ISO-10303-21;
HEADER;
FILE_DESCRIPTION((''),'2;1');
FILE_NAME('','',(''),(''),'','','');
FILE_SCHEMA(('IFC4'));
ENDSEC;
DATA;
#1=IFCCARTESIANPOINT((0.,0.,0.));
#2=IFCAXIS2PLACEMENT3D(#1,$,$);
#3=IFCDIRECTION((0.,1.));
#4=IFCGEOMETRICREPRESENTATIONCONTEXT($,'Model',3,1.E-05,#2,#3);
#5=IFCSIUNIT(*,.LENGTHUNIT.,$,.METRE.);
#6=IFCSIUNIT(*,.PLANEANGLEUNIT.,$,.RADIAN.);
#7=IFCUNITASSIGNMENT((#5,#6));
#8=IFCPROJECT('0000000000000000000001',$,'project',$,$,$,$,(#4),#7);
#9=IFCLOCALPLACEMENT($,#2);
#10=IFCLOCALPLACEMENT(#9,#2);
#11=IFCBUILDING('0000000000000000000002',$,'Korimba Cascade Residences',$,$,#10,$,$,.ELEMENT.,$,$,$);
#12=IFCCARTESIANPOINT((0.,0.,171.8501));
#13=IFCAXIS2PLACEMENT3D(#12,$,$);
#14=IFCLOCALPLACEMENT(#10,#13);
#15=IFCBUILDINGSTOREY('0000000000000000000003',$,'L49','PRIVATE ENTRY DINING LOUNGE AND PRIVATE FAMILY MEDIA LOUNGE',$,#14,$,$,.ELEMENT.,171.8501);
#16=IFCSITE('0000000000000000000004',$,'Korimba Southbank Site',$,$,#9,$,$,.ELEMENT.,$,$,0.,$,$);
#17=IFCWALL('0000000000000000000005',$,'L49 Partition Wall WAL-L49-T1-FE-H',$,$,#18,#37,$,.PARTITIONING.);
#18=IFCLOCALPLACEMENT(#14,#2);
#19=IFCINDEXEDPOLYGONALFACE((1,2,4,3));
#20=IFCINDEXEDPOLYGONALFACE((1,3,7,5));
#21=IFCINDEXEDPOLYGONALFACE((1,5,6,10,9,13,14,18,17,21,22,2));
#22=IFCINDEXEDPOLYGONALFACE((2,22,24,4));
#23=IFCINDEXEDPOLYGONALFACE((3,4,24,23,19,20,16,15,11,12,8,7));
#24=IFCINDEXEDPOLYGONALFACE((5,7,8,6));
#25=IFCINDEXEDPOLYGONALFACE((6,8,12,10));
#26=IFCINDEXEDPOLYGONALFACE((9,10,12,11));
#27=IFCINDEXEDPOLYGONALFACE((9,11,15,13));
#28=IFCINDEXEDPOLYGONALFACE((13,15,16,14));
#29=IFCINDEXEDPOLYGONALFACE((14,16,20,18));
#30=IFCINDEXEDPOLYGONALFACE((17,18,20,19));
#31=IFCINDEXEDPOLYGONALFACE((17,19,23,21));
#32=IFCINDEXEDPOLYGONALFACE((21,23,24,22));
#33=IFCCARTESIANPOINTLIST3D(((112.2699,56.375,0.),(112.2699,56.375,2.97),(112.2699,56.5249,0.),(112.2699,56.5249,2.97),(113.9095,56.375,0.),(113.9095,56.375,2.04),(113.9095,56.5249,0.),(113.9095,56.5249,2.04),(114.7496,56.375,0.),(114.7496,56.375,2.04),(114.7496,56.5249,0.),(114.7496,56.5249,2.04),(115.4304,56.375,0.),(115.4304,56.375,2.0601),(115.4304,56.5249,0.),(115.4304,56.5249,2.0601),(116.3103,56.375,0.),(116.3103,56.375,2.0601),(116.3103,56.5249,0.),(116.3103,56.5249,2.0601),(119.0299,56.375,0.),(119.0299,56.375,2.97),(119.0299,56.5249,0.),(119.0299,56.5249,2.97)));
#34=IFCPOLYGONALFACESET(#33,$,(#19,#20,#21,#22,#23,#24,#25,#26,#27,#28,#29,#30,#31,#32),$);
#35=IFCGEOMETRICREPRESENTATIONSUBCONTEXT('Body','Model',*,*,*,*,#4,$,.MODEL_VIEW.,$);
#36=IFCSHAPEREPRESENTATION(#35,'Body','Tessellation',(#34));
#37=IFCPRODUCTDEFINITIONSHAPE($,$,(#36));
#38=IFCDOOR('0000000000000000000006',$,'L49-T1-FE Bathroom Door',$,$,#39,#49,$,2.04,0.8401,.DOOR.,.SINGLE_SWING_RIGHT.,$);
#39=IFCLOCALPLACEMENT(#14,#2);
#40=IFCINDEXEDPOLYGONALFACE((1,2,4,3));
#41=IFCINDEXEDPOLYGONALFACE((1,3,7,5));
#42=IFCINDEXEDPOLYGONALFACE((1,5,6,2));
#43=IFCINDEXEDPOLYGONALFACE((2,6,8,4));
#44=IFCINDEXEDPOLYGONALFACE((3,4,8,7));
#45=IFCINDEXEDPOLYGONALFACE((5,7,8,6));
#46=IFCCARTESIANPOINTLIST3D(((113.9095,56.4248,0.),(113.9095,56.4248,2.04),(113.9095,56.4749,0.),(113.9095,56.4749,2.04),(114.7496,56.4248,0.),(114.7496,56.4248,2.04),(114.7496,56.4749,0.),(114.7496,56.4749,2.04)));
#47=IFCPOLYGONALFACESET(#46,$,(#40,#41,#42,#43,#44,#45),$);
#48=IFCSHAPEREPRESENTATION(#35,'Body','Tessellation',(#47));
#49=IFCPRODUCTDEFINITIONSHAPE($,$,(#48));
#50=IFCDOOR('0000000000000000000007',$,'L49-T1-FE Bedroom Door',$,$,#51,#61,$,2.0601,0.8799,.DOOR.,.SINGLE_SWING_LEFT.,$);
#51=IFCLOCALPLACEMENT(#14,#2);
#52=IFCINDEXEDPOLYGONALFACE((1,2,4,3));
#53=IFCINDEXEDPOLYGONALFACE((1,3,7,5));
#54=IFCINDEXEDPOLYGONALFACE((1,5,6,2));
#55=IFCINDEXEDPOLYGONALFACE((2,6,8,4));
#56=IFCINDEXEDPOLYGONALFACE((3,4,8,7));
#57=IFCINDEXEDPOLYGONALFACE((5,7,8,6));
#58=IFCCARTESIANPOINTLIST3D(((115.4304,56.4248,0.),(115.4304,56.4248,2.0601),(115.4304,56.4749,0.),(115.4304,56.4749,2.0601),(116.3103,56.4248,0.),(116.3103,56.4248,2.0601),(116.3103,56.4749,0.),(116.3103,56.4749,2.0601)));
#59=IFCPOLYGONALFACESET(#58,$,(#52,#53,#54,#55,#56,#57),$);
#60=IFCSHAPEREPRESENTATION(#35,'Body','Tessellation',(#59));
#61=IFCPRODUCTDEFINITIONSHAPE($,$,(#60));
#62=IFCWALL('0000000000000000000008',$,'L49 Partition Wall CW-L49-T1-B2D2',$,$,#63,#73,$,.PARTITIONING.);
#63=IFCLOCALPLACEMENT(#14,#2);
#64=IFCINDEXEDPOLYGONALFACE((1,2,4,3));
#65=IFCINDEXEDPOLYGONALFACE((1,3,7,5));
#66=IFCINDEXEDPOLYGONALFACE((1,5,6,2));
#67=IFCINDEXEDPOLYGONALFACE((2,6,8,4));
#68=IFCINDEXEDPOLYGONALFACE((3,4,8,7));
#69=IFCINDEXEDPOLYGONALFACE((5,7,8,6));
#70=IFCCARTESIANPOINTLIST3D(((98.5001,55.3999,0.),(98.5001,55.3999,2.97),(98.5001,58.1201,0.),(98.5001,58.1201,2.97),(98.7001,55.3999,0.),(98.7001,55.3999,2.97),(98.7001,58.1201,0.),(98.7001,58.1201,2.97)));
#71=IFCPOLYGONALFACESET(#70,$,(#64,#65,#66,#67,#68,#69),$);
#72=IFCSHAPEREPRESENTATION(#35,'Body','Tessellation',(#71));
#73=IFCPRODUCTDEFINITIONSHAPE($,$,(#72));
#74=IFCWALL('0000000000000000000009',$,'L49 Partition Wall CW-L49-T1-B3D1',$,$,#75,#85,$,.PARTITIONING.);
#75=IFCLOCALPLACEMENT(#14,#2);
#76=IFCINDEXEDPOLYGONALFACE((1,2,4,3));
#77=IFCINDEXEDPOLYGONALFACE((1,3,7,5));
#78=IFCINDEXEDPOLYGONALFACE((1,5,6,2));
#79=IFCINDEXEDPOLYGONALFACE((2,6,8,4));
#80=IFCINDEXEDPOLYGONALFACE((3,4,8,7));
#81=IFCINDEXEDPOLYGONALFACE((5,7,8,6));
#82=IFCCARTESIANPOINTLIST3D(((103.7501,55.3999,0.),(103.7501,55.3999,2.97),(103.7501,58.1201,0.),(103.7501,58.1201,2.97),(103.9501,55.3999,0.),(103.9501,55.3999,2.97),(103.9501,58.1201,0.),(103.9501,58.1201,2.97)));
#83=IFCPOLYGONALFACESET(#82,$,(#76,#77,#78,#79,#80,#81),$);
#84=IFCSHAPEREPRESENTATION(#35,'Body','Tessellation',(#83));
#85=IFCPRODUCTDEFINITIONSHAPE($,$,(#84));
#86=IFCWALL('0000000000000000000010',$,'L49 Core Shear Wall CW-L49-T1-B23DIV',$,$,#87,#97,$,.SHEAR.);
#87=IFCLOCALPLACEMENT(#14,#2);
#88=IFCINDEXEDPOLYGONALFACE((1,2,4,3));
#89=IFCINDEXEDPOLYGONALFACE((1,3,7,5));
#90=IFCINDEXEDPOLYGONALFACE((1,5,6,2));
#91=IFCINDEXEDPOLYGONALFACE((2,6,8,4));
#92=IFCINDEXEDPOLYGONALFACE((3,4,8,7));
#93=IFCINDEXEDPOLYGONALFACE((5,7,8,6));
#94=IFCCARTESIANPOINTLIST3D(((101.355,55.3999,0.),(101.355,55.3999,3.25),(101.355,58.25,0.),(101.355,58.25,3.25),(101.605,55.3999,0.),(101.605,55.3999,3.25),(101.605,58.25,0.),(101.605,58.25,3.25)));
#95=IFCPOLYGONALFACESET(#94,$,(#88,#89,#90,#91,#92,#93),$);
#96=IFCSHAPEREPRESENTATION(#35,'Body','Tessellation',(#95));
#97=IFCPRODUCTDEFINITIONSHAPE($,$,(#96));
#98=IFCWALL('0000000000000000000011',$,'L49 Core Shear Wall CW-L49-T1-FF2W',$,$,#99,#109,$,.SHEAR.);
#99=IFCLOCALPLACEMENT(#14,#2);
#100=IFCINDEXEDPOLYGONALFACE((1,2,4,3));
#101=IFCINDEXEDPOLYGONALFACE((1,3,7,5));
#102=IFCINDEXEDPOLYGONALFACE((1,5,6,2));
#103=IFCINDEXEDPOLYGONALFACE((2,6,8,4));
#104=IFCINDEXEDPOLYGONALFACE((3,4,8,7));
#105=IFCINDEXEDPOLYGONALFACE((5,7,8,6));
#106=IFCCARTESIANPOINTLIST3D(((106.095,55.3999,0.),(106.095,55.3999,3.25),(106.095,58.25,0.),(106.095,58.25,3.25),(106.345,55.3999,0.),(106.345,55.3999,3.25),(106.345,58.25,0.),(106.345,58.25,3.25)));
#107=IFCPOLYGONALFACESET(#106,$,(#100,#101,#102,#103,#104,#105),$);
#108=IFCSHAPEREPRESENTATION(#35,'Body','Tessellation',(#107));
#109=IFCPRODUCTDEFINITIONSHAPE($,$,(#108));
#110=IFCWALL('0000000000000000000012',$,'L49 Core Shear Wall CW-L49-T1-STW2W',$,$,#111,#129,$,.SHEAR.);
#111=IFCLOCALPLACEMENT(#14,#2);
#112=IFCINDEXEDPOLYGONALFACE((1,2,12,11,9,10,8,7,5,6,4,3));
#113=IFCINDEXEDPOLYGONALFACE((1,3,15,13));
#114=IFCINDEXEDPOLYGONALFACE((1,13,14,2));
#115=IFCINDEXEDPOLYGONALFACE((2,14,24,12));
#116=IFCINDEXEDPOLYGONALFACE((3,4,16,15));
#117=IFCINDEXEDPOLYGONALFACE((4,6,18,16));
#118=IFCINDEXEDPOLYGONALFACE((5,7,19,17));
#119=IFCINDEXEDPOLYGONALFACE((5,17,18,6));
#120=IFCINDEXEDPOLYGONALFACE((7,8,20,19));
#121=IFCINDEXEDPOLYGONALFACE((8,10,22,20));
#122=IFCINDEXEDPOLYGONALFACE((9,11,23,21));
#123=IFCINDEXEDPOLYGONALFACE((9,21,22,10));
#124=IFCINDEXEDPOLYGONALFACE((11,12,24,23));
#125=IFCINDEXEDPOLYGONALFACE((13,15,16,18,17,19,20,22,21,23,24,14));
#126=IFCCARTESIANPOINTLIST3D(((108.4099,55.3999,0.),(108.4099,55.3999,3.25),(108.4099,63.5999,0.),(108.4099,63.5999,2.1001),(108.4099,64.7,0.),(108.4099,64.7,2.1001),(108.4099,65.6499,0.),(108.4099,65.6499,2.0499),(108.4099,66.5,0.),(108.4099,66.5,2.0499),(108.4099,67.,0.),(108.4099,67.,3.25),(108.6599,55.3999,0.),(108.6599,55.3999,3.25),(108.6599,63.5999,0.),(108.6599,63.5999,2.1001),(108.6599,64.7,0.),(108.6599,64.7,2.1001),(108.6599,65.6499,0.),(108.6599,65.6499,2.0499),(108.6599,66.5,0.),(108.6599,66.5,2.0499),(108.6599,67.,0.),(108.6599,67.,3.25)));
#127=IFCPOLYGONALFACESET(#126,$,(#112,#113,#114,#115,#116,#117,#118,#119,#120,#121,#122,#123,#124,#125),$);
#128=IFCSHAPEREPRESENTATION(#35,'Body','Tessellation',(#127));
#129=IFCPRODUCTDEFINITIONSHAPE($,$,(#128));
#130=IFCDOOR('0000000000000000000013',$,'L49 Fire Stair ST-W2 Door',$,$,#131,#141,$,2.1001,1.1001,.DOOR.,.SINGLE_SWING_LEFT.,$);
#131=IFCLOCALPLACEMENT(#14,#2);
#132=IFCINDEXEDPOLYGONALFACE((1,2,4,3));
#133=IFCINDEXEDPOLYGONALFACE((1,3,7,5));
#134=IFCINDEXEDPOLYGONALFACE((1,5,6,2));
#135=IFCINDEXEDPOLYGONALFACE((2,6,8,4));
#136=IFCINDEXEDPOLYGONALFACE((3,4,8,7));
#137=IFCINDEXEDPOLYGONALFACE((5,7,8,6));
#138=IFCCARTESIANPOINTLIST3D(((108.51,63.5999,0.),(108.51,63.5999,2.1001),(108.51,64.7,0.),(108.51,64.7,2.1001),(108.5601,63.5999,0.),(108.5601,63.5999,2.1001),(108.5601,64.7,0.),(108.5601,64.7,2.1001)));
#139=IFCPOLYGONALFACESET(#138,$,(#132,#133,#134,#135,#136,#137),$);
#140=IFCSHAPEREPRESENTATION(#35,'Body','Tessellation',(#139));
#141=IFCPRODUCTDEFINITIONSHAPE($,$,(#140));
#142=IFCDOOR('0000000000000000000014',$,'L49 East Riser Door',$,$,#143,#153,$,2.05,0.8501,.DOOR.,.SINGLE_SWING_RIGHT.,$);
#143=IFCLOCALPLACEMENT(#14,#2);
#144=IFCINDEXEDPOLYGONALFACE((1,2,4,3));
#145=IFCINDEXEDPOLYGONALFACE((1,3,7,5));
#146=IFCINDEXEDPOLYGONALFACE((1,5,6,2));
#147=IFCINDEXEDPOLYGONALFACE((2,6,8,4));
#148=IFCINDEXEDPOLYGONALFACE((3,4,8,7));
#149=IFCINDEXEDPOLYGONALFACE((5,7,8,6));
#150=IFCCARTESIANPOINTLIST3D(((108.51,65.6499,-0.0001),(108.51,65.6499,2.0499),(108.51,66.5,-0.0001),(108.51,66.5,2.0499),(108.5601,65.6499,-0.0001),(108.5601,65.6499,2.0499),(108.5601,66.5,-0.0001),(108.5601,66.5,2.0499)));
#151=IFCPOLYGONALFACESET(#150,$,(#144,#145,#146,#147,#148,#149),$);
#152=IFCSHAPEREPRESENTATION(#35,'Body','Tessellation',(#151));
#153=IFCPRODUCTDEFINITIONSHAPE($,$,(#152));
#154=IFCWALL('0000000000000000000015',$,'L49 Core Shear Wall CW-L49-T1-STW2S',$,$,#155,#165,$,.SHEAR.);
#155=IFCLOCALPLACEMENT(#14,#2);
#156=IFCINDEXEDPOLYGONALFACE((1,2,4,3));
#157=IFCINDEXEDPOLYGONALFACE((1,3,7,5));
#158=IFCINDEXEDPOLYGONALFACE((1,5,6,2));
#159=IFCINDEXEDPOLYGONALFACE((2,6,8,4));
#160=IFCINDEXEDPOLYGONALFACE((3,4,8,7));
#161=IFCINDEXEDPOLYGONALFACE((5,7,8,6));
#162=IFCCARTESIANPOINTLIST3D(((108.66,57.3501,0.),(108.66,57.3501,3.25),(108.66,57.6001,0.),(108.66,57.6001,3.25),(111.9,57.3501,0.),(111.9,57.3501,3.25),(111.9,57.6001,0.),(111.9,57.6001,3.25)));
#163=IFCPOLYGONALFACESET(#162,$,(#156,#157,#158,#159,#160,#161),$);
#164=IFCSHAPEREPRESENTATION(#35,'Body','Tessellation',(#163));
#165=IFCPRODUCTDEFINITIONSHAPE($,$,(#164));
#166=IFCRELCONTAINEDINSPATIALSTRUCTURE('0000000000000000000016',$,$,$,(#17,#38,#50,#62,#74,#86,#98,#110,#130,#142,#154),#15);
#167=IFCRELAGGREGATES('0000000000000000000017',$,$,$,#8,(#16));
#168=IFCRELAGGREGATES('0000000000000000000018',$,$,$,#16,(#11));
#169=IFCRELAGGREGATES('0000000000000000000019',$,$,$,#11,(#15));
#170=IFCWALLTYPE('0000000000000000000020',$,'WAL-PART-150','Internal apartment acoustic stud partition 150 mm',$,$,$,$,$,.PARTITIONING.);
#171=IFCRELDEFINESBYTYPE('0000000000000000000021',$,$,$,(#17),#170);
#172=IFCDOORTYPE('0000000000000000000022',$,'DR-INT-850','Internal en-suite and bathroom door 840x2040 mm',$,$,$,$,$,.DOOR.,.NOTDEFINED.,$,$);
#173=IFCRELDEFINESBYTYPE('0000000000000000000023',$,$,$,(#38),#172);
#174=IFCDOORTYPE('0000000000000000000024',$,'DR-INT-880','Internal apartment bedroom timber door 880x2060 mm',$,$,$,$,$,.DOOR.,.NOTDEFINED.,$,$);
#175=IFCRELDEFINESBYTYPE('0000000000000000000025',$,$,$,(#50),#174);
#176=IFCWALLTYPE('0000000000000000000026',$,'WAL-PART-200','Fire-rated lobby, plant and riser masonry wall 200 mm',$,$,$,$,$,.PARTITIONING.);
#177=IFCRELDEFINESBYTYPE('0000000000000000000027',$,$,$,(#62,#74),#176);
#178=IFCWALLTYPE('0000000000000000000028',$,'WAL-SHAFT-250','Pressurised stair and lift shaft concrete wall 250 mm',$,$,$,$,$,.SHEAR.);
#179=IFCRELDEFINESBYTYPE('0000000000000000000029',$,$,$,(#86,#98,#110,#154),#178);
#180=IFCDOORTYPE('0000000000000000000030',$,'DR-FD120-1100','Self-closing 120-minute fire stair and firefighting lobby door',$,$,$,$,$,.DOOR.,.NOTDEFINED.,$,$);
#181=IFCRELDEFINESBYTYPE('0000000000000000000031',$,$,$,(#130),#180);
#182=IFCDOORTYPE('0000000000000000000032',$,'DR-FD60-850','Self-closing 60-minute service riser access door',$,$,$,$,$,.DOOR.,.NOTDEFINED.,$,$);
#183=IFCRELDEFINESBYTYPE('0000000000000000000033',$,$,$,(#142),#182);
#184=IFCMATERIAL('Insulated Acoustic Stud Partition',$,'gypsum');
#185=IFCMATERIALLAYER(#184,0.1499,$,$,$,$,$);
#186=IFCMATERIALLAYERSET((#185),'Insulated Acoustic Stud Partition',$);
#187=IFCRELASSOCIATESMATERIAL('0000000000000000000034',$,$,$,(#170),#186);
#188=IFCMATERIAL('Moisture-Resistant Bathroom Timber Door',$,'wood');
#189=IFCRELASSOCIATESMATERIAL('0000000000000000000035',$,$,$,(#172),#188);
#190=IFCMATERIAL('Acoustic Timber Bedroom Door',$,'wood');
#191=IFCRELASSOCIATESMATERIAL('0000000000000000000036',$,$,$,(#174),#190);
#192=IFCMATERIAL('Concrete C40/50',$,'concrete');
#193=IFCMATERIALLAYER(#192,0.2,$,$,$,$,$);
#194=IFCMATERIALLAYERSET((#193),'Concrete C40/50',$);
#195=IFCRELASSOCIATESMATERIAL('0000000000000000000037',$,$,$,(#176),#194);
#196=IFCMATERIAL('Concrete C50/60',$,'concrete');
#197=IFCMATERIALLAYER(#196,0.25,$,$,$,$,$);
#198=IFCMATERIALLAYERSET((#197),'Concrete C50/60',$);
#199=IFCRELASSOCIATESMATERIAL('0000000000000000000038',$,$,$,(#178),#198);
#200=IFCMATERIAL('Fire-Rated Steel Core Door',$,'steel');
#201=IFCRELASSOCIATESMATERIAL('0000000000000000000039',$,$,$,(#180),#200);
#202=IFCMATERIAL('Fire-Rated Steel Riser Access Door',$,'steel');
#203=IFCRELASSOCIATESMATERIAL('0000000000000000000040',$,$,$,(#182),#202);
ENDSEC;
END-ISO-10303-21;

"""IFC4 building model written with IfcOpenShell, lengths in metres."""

from ifc_helpers import new_model, si_unit, direction, frame, frame_2d, origin, place, context, subcontext, project, spatial, rectangle, extrude, material, layer, layer_set, type_object, element, fill, save


model = new_model("IFC4")

# Units and contexts
model_context = context("Model", 3, precision=1e-05, world=origin(), true_north=direction((0.0, 1.0)))
body_context = subcontext(model_context, "Body", "Model", "MODEL_VIEW")
ifc_project = project(units=[si_unit("LENGTHUNIT", "METRE"), si_unit("PLANEANGLEUNIT", "RADIAN")], contexts=[model_context])

# Site, building, storey
site_placement = place(None, origin())
site = spatial("IfcSite", under=ifc_project, at=site_placement, Name="Korimba Southbank Site", CompositionType="ELEMENT", RefElevation=0.0)
building_placement = place(site_placement, origin())
building = spatial("IfcBuilding", under=site, at=building_placement, Name="Korimba Cascade Residences", CompositionType="ELEMENT")
storey_placement = place(building_placement, frame((0.0, 0.0, 171.8501)))
storey = spatial("IfcBuildingStorey", under=building, at=storey_placement, Name="L49", Description="PRIVATE ENTRY DINING LOUNGE AND PRIVATE FAMILY MEDIA LOUNGE", CompositionType="ELEMENT", Elevation=171.8501)

# Shared definitions
ifc_material_1 = material(Name="Insulated Acoustic Stud Partition", Category="gypsum")
ifc_layer_1 = layer(ifc_material_1, 0.1499)
ifc_layer_set_1 = layer_set([ifc_layer_1], Name="Insulated Acoustic Stud Partition")
wall_type_1 = type_object("IfcWallType", Name="WAL-PART-150", Description="Internal apartment acoustic stud partition 150 mm", PredefinedType="PARTITIONING", material=ifc_layer_set_1)

# Wall, openings, doors
wall_1_placement = place(storey_placement, frame((112.27, 56.45, 0.0), z_axis=(0.0, 0.0, 1.0), x_axis=(1.0, 0.0, 0.0)))
wall_1 = element("IfcWall", 1, at=wall_1_placement, inside=storey, type_object=wall_type_1, Name="L49 Partition Wall WAL-L49-T1-FE-H", PredefinedType="PARTITIONING", context=body_context, shape_type="SweptSolid", body=[
    extrude(rectangle(XDim=6.76, YDim=0.1499, at=frame_2d((3.3799, 0.0))), origin(), (0.0, 0.0, 1.0), 2.97),
])
opening_1_placement = place(wall_1_placement, frame((1.6396, 0.0, 0.0)))
opening_1 = element("IfcOpeningElement", 2, at=opening_1_placement, cuts=wall_1, PredefinedType="OPENING", context=body_context, shape_type="SweptSolid", body=[
    extrude(rectangle(XDim=0.8401, YDim=2.04, at=frame_2d((0.4199, 1.02))), frame((0.0, 0.085, 0.0), z_axis=(0.0, -1.0, 0.0), x_axis=(1.0, 0.0, 0.0)), (0.0, 0.0, 1.0), 0.1699),
])
opening_2_placement = place(wall_1_placement, frame((3.1604, 0.0, 0.0)))
opening_2 = element("IfcOpeningElement", 3, at=opening_2_placement, cuts=wall_1, PredefinedType="OPENING", context=body_context, shape_type="SweptSolid", body=[
    extrude(rectangle(XDim=0.8799, YDim=2.0601, at=frame_2d((0.4399, 1.03))), frame((0.0, 0.085, 0.0), z_axis=(0.0, -1.0, 0.0), x_axis=(1.0, 0.0, 0.0)), (0.0, 0.0, 1.0), 0.1699),
])
ifc_material_2 = material(Name="Moisture-Resistant Bathroom Timber Door", Category="wood")
door_type_1 = type_object("IfcDoorType", Name="DR-INT-850", Description="Internal en-suite and bathroom door 840x2040 mm", OperationType="NOTDEFINED", PredefinedType="DOOR", material=ifc_material_2)
door_1_placement = place(opening_1_placement, origin())
door_1 = element("IfcDoor", 4, at=door_1_placement, inside=storey, type_object=door_type_1, Name="L49-T1-FE Bathroom Door", OperationType="SINGLE_SWING_RIGHT", OverallHeight=2.04, OverallWidth=0.8401, PredefinedType="DOOR", context=body_context, shape_type="SweptSolid", body=[
    extrude(rectangle(XDim=0.8401, YDim=2.04, at=frame_2d((0.4199, 1.02))), frame((0.0, 0.0249, 0.0), z_axis=(0.0, -1.0, 0.0), x_axis=(1.0, 0.0, 0.0)), (0.0, 0.0, 1.0), 0.05),
])
fill(opening_1, door_1)
ifc_material_3 = material(Name="Acoustic Timber Bedroom Door", Category="wood")
door_type_2 = type_object("IfcDoorType", Name="DR-INT-880", Description="Internal apartment bedroom timber door 880x2060 mm", OperationType="NOTDEFINED", PredefinedType="DOOR", material=ifc_material_3)
door_2_placement = place(opening_2_placement, origin())
door_2 = element("IfcDoor", 5, at=door_2_placement, inside=storey, type_object=door_type_2, Name="L49-T1-FE Bedroom Door", OperationType="SINGLE_SWING_LEFT", OverallHeight=2.0601, OverallWidth=0.8799, PredefinedType="DOOR", context=body_context, shape_type="SweptSolid", body=[
    extrude(rectangle(XDim=0.8799, YDim=2.0601, at=frame_2d((0.4399, 1.03))), frame((0.0, 0.0249, 0.0), z_axis=(0.0, -1.0, 0.0), x_axis=(1.0, 0.0, 0.0)), (0.0, 0.0, 1.0), 0.05),
])
fill(opening_2, door_2)

# Walls
ifc_material_4 = material(Name="Concrete C40/50", Category="concrete")
ifc_layer_2 = layer(ifc_material_4, 0.2)
ifc_layer_set_2 = layer_set([ifc_layer_2], Name="Concrete C40/50")
wall_type_2 = type_object("IfcWallType", Name="WAL-PART-200", Description="Fire-rated lobby, plant and riser masonry wall 200 mm", PredefinedType="PARTITIONING", material=ifc_layer_set_2)
for number, where, z_axis, x_axis, name in (
    (6, (98.6001, 55.3999, 0.0), (0.0, 0.0, 1.0), (0.0, 1.0, 0.0), "L49 Partition Wall CW-L49-T1-B2D2"),
    (7, (103.8501, 55.3999, 0.0), (0.0, 0.0, 1.0), (0.0, 1.0, 0.0), "L49 Partition Wall CW-L49-T1-B3D1"),
):
    element("IfcWall", number, at=place(storey_placement, frame(where, z_axis=z_axis, x_axis=x_axis)), inside=storey, type_object=wall_type_2, Name=name, PredefinedType="PARTITIONING", context=body_context, shape_type="SweptSolid", body=[
        extrude(rectangle(XDim=2.7202, YDim=0.2, at=frame_2d((1.3601, 0.0))), origin(), (0.0, 0.0, 1.0), 2.97),
    ])
ifc_material_5 = material(Name="Concrete C50/60", Category="concrete")
ifc_layer_3 = layer(ifc_material_5, 0.25)
ifc_layer_set_3 = layer_set([ifc_layer_3], Name="Concrete C50/60")
wall_type_3 = type_object("IfcWallType", Name="WAL-SHAFT-250", Description="Pressurised stair and lift shaft concrete wall 250 mm", PredefinedType="SHEAR", material=ifc_layer_set_3)
for number, where, z_axis, x_axis, name in (
    (8, (101.48, 55.3999, 0.0), (0.0, 0.0, 1.0), (0.0, 1.0, 0.0), "L49 Core Shear Wall CW-L49-T1-B23DIV"),
    (9, (106.22, 55.3999, 0.0), (0.0, 0.0, 1.0), (0.0, 1.0, 0.0), "L49 Core Shear Wall CW-L49-T1-FF2W"),
):
    element("IfcWall", number, at=place(storey_placement, frame(where, z_axis=z_axis, x_axis=x_axis)), inside=storey, type_object=wall_type_3, Name=name, PredefinedType="SHEAR", context=body_context, shape_type="SweptSolid", body=[
        extrude(rectangle(XDim=2.8501, YDim=0.25, at=frame_2d((1.425, 0.0))), origin(), (0.0, 0.0, 1.0), 3.25),
    ])

# Wall, openings, doors
wall_2_placement = place(storey_placement, frame((108.5349, 55.3999, 0.0), z_axis=(0.0, 0.0, 1.0), x_axis=(0.0, 1.0, 0.0)))
wall_2 = element("IfcWall", 10, at=wall_2_placement, inside=storey, type_object=wall_type_3, Name="L49 Core Shear Wall CW-L49-T1-STW2W", PredefinedType="SHEAR", context=body_context, shape_type="SweptSolid", body=[
    extrude(rectangle(XDim=11.6001, YDim=0.25, at=frame_2d((5.8, 0.0))), origin(), (0.0, 0.0, 1.0), 3.25),
])
opening_3_placement = place(wall_2_placement, frame((8.2, 0.0, 0.0)))
opening_3 = element("IfcOpeningElement", 11, at=opening_3_placement, cuts=wall_2, PredefinedType="OPENING", context=body_context, shape_type="SweptSolid", body=[
    extrude(rectangle(XDim=1.1001, YDim=2.1001, at=frame_2d((0.55, 1.05))), frame((0.0, 0.135, 0.0), z_axis=(0.0, -1.0, 0.0), x_axis=(1.0, 0.0, 0.0)), (0.0, 0.0, 1.0), 0.27),
])
opening_4_placement = place(wall_2_placement, frame((10.25, 0.0, 0.0)))
opening_4 = element("IfcOpeningElement", 12, at=opening_4_placement, cuts=wall_2, PredefinedType="OPENING", context=body_context, shape_type="SweptSolid", body=[
    extrude(rectangle(XDim=0.8501, YDim=2.05, at=frame_2d((0.425, 1.0249))), frame((0.0, 0.135, 0.0), z_axis=(0.0, -1.0, 0.0), x_axis=(1.0, 0.0, 0.0)), (0.0, 0.0, 1.0), 0.27),
])
ifc_material_6 = material(Name="Fire-Rated Steel Core Door", Category="steel")
door_type_3 = type_object("IfcDoorType", Name="DR-FD120-1100", Description="Self-closing 120-minute fire stair and firefighting lobby door", OperationType="NOTDEFINED", PredefinedType="DOOR", material=ifc_material_6)
door_3_placement = place(opening_3_placement, origin())
door_3 = element("IfcDoor", 13, at=door_3_placement, inside=storey, type_object=door_type_3, Name="L49 Fire Stair ST-W2 Door", OperationType="SINGLE_SWING_LEFT", OverallHeight=2.1001, OverallWidth=1.1001, PredefinedType="DOOR", context=body_context, shape_type="SweptSolid", body=[
    extrude(rectangle(XDim=1.1001, YDim=2.1001, at=frame_2d((0.55, 1.05))), frame((0.0, 0.0249, 0.0), z_axis=(0.0, -1.0, 0.0), x_axis=(1.0, 0.0, 0.0)), (0.0, 0.0, 1.0), 0.05),
])
fill(opening_3, door_3)
ifc_material_7 = material(Name="Fire-Rated Steel Riser Access Door", Category="steel")
door_type_4 = type_object("IfcDoorType", Name="DR-FD60-850", Description="Self-closing 60-minute service riser access door", OperationType="NOTDEFINED", PredefinedType="DOOR", material=ifc_material_7)
door_4_placement = place(opening_4_placement, origin())
door_4 = element("IfcDoor", 14, at=door_4_placement, inside=storey, type_object=door_type_4, Name="L49 East Riser Door", OperationType="SINGLE_SWING_RIGHT", OverallHeight=2.05, OverallWidth=0.8501, PredefinedType="DOOR", context=body_context, shape_type="SweptSolid", body=[
    extrude(rectangle(XDim=0.8501, YDim=2.05, at=frame_2d((0.425, 1.0249))), frame((0.0, 0.0249, 0.0), z_axis=(0.0, -1.0, 0.0), x_axis=(1.0, 0.0, 0.0)), (0.0, 0.0, 1.0), 0.05),
])
fill(opening_4, door_4)

# Wall
wall_3_placement = place(storey_placement, frame((108.6599, 57.4751, 0.0), z_axis=(0.0, 0.0, 1.0), x_axis=(1.0, 0.0, 0.0)))
element("IfcWall", 15, at=wall_3_placement, inside=storey, type_object=wall_type_3, Name="L49 Core Shear Wall CW-L49-T1-STW2S", PredefinedType="SHEAR", context=body_context, shape_type="SweptSolid", body=[
    extrude(rectangle(XDim=3.24, YDim=0.25, at=frame_2d((1.6201, 0.0))), origin(), (0.0, 0.0, 1.0), 3.25),
])

save(model, "model.ifc")
